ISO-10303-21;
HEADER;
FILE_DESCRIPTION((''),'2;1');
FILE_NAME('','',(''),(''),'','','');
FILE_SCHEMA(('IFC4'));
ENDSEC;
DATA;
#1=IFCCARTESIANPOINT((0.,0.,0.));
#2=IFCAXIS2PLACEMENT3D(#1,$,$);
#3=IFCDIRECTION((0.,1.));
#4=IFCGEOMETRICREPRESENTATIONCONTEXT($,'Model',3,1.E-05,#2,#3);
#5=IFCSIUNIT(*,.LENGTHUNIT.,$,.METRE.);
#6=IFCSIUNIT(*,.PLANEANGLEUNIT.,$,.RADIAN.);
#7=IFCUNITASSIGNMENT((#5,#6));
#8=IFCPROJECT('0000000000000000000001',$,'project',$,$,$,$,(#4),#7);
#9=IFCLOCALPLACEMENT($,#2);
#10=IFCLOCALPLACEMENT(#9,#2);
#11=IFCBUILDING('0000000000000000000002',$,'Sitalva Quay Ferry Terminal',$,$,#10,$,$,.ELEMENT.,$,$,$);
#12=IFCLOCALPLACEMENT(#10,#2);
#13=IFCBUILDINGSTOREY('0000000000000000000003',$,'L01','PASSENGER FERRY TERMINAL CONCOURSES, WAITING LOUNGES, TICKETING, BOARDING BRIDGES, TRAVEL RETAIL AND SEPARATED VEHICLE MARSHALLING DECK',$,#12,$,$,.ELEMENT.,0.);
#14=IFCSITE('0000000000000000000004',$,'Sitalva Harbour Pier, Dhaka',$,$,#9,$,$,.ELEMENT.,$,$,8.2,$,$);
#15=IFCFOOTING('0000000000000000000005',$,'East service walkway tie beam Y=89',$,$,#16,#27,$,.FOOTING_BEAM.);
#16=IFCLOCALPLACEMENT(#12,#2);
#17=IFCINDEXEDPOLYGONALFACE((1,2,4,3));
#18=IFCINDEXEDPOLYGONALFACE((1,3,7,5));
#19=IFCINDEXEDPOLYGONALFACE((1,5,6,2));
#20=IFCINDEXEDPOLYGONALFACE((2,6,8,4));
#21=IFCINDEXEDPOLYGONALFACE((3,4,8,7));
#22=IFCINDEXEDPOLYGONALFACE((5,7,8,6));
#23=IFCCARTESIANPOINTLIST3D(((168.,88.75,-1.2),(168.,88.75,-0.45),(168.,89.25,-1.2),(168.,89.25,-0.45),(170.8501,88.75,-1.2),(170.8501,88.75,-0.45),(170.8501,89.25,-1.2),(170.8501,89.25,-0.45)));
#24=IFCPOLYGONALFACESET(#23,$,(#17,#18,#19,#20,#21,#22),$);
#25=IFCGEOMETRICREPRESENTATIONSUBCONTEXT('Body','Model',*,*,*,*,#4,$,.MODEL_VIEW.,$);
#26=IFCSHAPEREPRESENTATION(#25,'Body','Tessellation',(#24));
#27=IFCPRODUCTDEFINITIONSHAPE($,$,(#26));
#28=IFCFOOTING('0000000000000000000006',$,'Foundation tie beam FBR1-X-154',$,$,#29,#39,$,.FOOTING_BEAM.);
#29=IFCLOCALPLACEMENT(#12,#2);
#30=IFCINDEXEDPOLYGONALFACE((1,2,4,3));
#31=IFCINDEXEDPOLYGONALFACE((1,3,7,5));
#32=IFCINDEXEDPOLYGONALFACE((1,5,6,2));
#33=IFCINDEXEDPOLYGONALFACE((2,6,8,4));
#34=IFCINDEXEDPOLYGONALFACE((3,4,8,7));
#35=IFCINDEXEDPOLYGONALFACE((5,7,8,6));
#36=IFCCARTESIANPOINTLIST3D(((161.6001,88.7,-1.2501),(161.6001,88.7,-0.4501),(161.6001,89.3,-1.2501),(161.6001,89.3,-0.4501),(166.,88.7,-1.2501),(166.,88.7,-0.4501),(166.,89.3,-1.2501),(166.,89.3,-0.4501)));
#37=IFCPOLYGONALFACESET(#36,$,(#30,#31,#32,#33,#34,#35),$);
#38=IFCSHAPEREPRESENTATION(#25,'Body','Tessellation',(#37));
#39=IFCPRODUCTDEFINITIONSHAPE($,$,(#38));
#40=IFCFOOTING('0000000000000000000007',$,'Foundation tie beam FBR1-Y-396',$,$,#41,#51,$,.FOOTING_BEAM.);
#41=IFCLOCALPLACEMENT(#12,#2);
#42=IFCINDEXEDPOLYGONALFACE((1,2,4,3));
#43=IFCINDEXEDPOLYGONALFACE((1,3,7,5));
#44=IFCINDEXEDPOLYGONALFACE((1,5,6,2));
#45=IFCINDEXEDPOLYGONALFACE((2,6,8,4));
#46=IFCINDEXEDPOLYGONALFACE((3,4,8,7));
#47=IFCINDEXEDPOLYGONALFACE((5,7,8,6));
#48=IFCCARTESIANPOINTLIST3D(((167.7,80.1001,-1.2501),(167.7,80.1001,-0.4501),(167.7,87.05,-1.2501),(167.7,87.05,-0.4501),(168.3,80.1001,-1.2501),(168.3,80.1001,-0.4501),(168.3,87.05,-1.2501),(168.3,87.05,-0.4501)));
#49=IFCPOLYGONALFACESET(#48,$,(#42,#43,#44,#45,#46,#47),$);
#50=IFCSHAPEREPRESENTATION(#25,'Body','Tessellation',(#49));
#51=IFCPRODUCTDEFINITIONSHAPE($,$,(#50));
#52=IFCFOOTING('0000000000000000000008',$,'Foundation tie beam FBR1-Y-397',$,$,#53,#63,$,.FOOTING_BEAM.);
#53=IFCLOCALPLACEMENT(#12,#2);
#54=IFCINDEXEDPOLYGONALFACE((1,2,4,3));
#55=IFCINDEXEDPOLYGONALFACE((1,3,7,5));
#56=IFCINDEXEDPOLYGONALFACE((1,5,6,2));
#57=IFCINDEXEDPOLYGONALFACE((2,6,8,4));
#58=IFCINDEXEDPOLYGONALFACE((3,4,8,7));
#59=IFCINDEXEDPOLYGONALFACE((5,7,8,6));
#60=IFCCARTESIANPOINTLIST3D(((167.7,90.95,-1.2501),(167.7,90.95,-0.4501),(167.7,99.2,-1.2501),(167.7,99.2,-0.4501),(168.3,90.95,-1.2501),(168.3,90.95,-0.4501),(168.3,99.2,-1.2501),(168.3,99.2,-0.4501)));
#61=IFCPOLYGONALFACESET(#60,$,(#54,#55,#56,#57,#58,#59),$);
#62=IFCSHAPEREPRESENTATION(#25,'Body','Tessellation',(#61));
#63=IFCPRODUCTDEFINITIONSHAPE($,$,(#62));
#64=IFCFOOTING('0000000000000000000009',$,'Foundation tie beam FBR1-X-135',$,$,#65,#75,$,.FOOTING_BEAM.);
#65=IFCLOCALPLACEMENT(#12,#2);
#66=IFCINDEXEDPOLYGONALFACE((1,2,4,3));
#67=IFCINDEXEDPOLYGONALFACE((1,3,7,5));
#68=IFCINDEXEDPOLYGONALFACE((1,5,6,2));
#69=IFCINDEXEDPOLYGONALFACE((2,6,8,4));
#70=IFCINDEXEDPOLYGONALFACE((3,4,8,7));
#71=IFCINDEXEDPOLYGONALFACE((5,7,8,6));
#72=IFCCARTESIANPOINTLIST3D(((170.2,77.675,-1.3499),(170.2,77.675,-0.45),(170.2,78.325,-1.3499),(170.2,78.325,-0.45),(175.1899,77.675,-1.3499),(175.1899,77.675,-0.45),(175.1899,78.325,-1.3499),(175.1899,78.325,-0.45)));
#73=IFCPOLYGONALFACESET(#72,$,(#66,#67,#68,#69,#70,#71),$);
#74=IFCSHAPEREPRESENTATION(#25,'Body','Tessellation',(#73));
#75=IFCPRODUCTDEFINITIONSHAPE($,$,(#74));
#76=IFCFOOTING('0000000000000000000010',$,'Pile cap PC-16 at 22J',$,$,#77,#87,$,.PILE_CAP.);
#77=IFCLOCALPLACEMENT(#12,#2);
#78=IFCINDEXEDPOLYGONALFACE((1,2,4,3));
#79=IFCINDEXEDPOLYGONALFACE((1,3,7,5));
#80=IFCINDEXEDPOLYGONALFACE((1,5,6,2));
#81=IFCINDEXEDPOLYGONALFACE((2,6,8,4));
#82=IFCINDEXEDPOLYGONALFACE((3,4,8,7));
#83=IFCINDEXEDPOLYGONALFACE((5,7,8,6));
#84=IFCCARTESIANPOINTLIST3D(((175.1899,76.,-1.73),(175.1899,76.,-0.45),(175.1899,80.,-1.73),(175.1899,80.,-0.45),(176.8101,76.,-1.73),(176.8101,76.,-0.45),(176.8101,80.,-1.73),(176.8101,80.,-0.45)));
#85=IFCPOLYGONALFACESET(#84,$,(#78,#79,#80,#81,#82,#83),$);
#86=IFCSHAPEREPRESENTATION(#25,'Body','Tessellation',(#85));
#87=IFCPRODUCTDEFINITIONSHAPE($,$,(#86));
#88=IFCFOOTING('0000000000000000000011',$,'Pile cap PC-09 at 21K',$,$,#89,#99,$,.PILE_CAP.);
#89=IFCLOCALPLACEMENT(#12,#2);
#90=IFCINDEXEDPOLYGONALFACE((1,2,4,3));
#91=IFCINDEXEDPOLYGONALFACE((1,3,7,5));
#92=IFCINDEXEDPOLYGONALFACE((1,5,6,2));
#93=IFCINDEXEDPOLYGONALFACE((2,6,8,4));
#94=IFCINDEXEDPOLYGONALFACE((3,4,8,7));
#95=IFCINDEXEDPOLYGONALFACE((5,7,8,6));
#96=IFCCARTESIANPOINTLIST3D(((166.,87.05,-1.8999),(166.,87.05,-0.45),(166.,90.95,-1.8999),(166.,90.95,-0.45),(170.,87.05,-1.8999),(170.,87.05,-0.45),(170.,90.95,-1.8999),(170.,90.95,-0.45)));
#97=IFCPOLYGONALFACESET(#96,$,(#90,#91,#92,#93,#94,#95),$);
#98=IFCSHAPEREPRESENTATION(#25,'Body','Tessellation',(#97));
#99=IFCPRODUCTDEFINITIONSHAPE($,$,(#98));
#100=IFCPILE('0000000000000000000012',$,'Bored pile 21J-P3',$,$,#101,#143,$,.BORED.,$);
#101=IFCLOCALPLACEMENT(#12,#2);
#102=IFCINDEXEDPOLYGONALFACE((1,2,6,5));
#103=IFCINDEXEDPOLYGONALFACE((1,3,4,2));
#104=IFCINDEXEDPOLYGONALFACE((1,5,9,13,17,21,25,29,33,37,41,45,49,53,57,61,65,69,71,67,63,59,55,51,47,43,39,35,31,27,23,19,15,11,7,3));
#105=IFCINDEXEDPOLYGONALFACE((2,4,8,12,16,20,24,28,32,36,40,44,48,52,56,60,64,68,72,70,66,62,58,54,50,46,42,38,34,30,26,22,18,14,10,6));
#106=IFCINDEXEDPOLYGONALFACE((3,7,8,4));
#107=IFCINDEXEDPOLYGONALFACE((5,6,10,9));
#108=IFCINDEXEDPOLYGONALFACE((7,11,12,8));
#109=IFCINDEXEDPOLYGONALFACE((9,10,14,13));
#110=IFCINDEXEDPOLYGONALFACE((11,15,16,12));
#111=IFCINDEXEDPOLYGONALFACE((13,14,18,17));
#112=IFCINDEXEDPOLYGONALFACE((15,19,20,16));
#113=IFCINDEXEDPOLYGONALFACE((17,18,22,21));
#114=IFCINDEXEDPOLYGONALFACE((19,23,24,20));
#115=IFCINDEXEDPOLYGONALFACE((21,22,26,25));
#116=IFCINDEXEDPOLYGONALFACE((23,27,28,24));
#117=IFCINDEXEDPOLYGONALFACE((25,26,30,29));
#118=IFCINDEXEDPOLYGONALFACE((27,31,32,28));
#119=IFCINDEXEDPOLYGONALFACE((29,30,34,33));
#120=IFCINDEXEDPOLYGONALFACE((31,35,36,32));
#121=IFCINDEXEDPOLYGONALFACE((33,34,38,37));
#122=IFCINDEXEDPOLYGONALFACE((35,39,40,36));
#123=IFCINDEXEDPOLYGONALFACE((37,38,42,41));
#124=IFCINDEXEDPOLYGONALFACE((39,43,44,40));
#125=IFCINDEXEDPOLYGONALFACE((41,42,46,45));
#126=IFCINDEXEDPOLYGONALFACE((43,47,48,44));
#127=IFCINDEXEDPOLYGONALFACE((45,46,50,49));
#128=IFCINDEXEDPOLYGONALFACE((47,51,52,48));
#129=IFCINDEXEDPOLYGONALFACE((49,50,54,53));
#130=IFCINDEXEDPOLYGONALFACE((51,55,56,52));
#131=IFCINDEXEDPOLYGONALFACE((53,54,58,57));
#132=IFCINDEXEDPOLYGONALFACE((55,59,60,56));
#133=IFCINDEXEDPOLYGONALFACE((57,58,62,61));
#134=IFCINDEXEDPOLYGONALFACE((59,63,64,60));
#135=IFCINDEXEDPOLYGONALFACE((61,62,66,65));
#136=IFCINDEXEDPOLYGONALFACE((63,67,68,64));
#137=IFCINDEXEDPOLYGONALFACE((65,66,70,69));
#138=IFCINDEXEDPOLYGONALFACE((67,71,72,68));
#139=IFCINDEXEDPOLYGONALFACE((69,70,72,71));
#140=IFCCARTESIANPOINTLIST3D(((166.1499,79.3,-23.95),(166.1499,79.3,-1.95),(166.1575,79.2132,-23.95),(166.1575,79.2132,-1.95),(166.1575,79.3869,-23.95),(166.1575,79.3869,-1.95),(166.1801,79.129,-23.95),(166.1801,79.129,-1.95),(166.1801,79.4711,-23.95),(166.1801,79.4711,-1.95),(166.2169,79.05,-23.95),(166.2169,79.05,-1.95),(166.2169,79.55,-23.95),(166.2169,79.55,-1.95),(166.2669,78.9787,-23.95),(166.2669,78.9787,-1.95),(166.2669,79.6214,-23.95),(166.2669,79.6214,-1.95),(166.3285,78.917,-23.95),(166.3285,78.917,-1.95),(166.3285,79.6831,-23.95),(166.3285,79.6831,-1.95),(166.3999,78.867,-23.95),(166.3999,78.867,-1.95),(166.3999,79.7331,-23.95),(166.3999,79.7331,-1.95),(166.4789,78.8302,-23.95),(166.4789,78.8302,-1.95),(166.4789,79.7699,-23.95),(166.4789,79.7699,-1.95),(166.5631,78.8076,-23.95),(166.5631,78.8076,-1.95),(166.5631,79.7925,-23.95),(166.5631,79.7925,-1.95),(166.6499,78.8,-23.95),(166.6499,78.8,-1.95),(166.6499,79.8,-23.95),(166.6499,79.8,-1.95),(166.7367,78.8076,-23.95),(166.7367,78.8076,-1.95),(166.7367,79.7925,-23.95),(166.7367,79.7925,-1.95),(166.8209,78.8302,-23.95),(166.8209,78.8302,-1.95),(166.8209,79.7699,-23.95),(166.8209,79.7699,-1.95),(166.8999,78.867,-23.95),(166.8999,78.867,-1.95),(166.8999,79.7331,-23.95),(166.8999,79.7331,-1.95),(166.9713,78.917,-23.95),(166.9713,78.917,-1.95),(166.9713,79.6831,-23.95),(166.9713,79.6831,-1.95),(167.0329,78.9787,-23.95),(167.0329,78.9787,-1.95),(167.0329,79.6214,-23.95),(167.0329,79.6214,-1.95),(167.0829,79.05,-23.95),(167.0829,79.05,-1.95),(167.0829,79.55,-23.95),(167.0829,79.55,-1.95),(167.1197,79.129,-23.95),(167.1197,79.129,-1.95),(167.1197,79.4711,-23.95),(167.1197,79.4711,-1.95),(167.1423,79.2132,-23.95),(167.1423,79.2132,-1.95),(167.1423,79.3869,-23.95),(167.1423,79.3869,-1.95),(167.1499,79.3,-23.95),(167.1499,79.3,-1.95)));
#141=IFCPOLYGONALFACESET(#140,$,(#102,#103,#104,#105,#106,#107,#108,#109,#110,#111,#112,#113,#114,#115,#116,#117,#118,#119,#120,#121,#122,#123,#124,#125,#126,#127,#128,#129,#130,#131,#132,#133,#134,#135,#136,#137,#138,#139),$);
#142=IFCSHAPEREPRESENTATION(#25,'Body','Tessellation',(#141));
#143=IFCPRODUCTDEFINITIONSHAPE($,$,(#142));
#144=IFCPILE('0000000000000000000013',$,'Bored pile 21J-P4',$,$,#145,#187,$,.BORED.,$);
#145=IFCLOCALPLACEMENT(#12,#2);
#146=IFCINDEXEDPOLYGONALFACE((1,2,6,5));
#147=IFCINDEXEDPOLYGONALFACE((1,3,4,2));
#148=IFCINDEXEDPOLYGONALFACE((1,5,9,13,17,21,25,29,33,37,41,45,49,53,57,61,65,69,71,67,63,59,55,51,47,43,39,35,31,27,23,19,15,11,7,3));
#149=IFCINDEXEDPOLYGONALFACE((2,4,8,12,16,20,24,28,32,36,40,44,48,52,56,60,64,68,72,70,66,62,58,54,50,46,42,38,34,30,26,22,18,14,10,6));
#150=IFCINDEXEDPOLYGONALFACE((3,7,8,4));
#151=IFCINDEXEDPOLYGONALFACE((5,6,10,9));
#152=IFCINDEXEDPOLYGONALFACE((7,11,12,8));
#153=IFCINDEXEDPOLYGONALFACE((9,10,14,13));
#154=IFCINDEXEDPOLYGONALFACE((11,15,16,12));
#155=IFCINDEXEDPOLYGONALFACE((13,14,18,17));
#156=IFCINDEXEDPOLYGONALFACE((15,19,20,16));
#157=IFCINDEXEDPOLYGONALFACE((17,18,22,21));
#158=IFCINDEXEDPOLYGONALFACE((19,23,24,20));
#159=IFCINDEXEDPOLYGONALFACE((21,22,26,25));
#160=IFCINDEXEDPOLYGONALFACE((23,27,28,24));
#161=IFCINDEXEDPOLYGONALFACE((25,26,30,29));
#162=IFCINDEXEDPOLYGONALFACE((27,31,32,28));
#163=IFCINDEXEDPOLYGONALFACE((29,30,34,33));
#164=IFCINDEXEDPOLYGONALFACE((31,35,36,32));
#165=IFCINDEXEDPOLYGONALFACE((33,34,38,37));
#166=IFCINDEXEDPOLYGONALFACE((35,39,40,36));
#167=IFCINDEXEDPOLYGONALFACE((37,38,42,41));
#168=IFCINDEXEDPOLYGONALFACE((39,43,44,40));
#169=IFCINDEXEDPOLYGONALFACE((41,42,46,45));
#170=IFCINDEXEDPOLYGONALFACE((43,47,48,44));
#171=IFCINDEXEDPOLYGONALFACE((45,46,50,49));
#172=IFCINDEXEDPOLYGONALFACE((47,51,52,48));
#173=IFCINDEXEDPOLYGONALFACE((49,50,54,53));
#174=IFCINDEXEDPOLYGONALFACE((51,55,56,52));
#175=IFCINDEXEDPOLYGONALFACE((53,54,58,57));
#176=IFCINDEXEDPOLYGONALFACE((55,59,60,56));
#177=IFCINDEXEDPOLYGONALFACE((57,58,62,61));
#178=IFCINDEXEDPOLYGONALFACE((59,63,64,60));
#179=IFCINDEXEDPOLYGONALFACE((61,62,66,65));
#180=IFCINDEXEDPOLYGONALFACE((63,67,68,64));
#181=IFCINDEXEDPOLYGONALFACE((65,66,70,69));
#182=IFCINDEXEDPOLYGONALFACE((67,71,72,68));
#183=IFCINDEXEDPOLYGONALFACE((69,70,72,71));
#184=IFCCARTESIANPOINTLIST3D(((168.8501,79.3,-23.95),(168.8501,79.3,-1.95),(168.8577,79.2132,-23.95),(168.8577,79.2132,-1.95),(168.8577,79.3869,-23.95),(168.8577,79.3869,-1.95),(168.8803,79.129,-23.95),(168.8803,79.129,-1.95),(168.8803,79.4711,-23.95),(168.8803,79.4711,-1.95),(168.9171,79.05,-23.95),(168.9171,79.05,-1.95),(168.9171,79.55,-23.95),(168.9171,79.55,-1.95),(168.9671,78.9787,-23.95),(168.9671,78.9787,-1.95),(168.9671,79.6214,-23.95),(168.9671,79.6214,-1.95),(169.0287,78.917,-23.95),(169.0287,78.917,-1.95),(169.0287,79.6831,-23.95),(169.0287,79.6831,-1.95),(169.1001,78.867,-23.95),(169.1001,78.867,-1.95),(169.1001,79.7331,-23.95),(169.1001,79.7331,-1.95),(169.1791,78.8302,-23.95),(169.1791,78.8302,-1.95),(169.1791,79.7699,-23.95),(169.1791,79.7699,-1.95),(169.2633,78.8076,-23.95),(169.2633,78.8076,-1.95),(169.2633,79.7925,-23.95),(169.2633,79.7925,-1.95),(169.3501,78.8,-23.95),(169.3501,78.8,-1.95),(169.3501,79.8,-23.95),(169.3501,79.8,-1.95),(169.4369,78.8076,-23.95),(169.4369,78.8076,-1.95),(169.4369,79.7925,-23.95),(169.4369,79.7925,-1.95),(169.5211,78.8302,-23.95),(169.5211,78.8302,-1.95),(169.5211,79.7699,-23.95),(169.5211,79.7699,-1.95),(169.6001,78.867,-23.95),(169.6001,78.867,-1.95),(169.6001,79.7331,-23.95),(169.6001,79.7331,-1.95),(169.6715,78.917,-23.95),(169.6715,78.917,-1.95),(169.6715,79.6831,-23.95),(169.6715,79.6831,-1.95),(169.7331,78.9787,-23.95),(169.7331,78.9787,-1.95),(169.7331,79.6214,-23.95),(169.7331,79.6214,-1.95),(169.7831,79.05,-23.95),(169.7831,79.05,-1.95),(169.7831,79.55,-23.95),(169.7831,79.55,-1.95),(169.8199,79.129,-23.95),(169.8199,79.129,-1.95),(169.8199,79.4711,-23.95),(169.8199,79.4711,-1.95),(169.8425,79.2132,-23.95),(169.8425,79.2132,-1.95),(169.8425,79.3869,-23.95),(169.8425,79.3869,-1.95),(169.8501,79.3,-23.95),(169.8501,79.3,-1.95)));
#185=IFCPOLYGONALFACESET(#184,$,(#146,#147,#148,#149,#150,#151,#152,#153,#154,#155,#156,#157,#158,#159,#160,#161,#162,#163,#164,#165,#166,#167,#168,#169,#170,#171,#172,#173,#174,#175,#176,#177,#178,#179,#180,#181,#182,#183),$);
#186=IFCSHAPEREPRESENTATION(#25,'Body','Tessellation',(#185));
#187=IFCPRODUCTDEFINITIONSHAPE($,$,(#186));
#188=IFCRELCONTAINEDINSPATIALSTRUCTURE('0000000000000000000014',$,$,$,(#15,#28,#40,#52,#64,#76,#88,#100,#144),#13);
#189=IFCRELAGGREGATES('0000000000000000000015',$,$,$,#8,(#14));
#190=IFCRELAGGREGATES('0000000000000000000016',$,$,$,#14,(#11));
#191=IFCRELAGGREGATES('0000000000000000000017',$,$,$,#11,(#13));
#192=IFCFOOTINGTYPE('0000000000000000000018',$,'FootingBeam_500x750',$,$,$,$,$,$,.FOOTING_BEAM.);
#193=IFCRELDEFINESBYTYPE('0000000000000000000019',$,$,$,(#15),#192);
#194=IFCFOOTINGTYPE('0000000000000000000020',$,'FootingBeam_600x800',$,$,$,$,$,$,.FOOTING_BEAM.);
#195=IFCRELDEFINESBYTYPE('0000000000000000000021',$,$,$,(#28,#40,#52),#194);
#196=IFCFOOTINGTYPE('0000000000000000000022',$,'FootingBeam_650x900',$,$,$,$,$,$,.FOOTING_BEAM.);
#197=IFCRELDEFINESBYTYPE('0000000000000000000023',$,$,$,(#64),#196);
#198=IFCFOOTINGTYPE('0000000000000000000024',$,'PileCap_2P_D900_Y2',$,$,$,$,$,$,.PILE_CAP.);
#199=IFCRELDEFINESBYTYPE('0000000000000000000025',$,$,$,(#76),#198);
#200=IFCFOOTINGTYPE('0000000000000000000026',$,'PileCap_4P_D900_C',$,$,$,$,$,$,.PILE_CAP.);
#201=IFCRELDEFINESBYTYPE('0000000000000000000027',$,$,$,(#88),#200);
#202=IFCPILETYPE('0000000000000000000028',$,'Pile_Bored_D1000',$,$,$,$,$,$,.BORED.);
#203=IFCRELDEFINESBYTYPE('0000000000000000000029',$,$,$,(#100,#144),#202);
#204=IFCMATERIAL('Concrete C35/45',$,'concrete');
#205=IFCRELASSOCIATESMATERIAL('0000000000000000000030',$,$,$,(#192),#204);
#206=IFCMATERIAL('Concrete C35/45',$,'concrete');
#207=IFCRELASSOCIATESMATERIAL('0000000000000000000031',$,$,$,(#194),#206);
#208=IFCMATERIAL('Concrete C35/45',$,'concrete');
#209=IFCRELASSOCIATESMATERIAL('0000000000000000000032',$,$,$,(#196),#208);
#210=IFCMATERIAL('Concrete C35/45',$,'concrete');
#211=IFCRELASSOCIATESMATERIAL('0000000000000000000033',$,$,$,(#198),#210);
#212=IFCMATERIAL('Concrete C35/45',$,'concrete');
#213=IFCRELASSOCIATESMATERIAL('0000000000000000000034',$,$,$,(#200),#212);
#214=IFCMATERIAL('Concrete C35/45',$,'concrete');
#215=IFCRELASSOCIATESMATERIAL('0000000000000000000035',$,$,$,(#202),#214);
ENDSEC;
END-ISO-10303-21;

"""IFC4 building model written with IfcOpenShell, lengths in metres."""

from ifc_helpers import new_model, si_unit, direction, frame, origin, origin_2d, place, context, subcontext, project, spatial, rectangle, circle, extrude, material, material_profile, profile_set, type_object, element, save


model = new_model("IFC4")

# Units and contexts
model_context = context("Model", 3, precision=1e-05, world=origin(), true_north=direction((0.0, 1.0)))
body_context = subcontext(model_context, "Body", "Model", "MODEL_VIEW")
ifc_project = project(units=[si_unit("LENGTHUNIT", "METRE"), si_unit("PLANEANGLEUNIT", "RADIAN")], contexts=[model_context])

# Site, building, storey
site_placement = place(None, origin())
site = spatial("IfcSite", under=ifc_project, at=site_placement, Name="Sitalva Harbour Pier, Dhaka", CompositionType="ELEMENT", RefElevation=8.2)
building_placement = place(site_placement, origin())
building = spatial("IfcBuilding", under=site, at=building_placement, Name="Sitalva Quay Ferry Terminal", CompositionType="ELEMENT")
storey_placement = place(building_placement, origin())
storey = spatial("IfcBuildingStorey", under=building, at=storey_placement, Name="L01", Description="PASSENGER FERRY TERMINAL CONCOURSES, WAITING LOUNGES, TICKETING, BOARDING BRIDGES, TRAVEL RETAIL AND SEPARATED VEHICLE MARSHALLING DECK", CompositionType="ELEMENT", Elevation=0.0)

# Footings
ifc_material_1 = material(Name="Concrete C35/45", Category="concrete")
ifc_material_profile_1 = material_profile(ifc_material_1, rectangle(XDim=0.5, YDim=0.75, at=origin_2d()), Name="RC500x750")
ifc_profile_set_1 = profile_set([ifc_material_profile_1], Name="Concrete C35/45")
footing_type_1 = type_object("IfcFootingType", Name="FootingBeam_500x750", PredefinedType="FOOTING_BEAM", material=ifc_profile_set_1)
footing_1_placement = place(storey_placement, frame((168.0, 89.0, -0.825), z_axis=(1.0, 0.0, 0.0), x_axis=(0.0, 1.0, 0.0)))
element("IfcFooting", 1, at=footing_1_placement, inside=storey, type_object=footing_type_1, Name="East service walkway tie beam Y=89", PredefinedType="FOOTING_BEAM", context=body_context, shape_type="SweptSolid", body=[
    extrude(rectangle(XDim=0.5, YDim=0.75, at=origin_2d()), origin(), (0.0, 0.0, 1.0), 2.8501),
])
ifc_material_2 = material(Name="Concrete C35/45", Category="concrete")
ifc_material_profile_2 = material_profile(ifc_material_2, rectangle(XDim=0.6001, YDim=0.8, at=origin_2d()), Name="RC600x800")
ifc_profile_set_2 = profile_set([ifc_material_profile_2], Name="Concrete C35/45")
footing_type_2 = type_object("IfcFootingType", Name="FootingBeam_600x800", PredefinedType="FOOTING_BEAM", material=ifc_profile_set_2)
footing_2_placement = place(storey_placement, frame((161.6001, 89.0, -0.8501), z_axis=(1.0, 0.0, 0.0), x_axis=(0.0, 1.0, 0.0)))
element("IfcFooting", 2, at=footing_2_placement, inside=storey, type_object=footing_type_2, Name="Foundation tie beam FBR1-X-154", PredefinedType="FOOTING_BEAM", context=body_context, shape_type="SweptSolid", body=[
    extrude(rectangle(XDim=0.6001, YDim=0.8, at=origin_2d()), origin(), (0.0, 0.0, 1.0), 4.3999),
])
footing_3_placement = place(storey_placement, frame((168.0, 80.1001, -0.8501), z_axis=(0.0, 1.0, 0.0), x_axis=(-1.0, 0.0, 0.0)))
element("IfcFooting", 3, at=footing_3_placement, inside=storey, type_object=footing_type_2, Name="Foundation tie beam FBR1-Y-396", PredefinedType="FOOTING_BEAM", context=body_context, shape_type="SweptSolid", body=[
    extrude(rectangle(XDim=0.6001, YDim=0.8, at=origin_2d()), origin(), (0.0, 0.0, 1.0), 6.95),
])
footing_4_placement = place(storey_placement, frame((168.0, 90.95, -0.8501), z_axis=(0.0, 1.0, 0.0), x_axis=(-1.0, 0.0, 0.0)))
element("IfcFooting", 4, at=footing_4_placement, inside=storey, type_object=footing_type_2, Name="Foundation tie beam FBR1-Y-397", PredefinedType="FOOTING_BEAM", context=body_context, shape_type="SweptSolid", body=[
    extrude(rectangle(XDim=0.6001, YDim=0.8, at=origin_2d()), origin(), (0.0, 0.0, 1.0), 8.25),
])
ifc_material_3 = material(Name="Concrete C35/45", Category="concrete")
ifc_material_profile_3 = material_profile(ifc_material_3, rectangle(XDim=0.6499, YDim=0.8999, at=origin_2d()), Name="RC650x900")
ifc_profile_set_3 = profile_set([ifc_material_profile_3], Name="Concrete C35/45")
footing_type_3 = type_object("IfcFootingType", Name="FootingBeam_650x900", PredefinedType="FOOTING_BEAM", material=ifc_profile_set_3)
footing_5_placement = place(storey_placement, frame((170.2, 78.0, -0.8999), z_axis=(1.0, 0.0, 0.0), x_axis=(0.0, 1.0, 0.0)))
element("IfcFooting", 5, at=footing_5_placement, inside=storey, type_object=footing_type_3, Name="Foundation tie beam FBR1-X-135", PredefinedType="FOOTING_BEAM", context=body_context, shape_type="SweptSolid", body=[
    extrude(rectangle(XDim=0.6499, YDim=0.8999, at=origin_2d()), origin(), (0.0, 0.0, 1.0), 4.99),
])
ifc_material_4 = material(Name="Concrete C35/45", Category="concrete")
footing_type_4 = type_object("IfcFootingType", Name="PileCap_2P_D900_Y2", PredefinedType="PILE_CAP", material=ifc_material_4)
footing_6_placement = place(storey_placement, frame((176.0, 78.0, -1.73), z_axis=(0.0, 0.0, 1.0), x_axis=(1.0, 0.0, 0.0)))
element("IfcFooting", 6, at=footing_6_placement, inside=storey, type_object=footing_type_4, Name="Pile cap PC-16 at 22J", PredefinedType="PILE_CAP", context=body_context, shape_type="SweptSolid", body=[
    extrude(rectangle(XDim=1.6201, YDim=4.0, at=origin_2d()), origin(), (0.0, 0.0, 1.0), 1.28),
])
ifc_material_5 = material(Name="Concrete C35/45", Category="concrete")
footing_type_5 = type_object("IfcFootingType", Name="PileCap_4P_D900_C", PredefinedType="PILE_CAP", material=ifc_material_5)
footing_7_placement = place(storey_placement, frame((168.0, 89.0, -1.8999), z_axis=(0.0, 0.0, 1.0), x_axis=(1.0, 0.0, 0.0)))
element("IfcFooting", 7, at=footing_7_placement, inside=storey, type_object=footing_type_5, Name="Pile cap PC-09 at 21K", PredefinedType="PILE_CAP", context=body_context, shape_type="SweptSolid", body=[
    extrude(rectangle(XDim=4.0, YDim=3.8999, at=origin_2d()), origin(), (0.0, 0.0, 1.0), 1.45),
])

# Piles
ifc_material_6 = material(Name="Concrete C35/45", Category="concrete")
ifc_material_profile_4 = material_profile(ifc_material_6, circle(Radius=0.5, at=origin_2d()), Name="PILE-D1000")
ifc_profile_set_4 = profile_set([ifc_material_profile_4], Name="Concrete C35/45")
pile_type_1 = type_object("IfcPileType", Name="Pile_Bored_D1000", PredefinedType="BORED", material=ifc_profile_set_4)
for number, where, z_axis, x_axis, name in (
    (8, (166.6499, 79.3, -1.95), (0.0, 0.0, -1.0), (1.0, 0.0, 0.0), "Bored pile 21J-P3"),
    (9, (169.3501, 79.3, -1.95), (0.0, 0.0, -1.0), (1.0, 0.0, 0.0), "Bored pile 21J-P4"),
):
    element("IfcPile", number, at=place(storey_placement, frame(where, z_axis=z_axis, x_axis=x_axis)), inside=storey, type_object=pile_type_1, Name=name, PredefinedType="BORED", context=body_context, shape_type="SweptSolid", body=[
        extrude(circle(Radius=0.5, at=origin_2d()), origin(), (0.0, 0.0, 1.0), 22.0),
    ])

save(model, "model.ifc")
